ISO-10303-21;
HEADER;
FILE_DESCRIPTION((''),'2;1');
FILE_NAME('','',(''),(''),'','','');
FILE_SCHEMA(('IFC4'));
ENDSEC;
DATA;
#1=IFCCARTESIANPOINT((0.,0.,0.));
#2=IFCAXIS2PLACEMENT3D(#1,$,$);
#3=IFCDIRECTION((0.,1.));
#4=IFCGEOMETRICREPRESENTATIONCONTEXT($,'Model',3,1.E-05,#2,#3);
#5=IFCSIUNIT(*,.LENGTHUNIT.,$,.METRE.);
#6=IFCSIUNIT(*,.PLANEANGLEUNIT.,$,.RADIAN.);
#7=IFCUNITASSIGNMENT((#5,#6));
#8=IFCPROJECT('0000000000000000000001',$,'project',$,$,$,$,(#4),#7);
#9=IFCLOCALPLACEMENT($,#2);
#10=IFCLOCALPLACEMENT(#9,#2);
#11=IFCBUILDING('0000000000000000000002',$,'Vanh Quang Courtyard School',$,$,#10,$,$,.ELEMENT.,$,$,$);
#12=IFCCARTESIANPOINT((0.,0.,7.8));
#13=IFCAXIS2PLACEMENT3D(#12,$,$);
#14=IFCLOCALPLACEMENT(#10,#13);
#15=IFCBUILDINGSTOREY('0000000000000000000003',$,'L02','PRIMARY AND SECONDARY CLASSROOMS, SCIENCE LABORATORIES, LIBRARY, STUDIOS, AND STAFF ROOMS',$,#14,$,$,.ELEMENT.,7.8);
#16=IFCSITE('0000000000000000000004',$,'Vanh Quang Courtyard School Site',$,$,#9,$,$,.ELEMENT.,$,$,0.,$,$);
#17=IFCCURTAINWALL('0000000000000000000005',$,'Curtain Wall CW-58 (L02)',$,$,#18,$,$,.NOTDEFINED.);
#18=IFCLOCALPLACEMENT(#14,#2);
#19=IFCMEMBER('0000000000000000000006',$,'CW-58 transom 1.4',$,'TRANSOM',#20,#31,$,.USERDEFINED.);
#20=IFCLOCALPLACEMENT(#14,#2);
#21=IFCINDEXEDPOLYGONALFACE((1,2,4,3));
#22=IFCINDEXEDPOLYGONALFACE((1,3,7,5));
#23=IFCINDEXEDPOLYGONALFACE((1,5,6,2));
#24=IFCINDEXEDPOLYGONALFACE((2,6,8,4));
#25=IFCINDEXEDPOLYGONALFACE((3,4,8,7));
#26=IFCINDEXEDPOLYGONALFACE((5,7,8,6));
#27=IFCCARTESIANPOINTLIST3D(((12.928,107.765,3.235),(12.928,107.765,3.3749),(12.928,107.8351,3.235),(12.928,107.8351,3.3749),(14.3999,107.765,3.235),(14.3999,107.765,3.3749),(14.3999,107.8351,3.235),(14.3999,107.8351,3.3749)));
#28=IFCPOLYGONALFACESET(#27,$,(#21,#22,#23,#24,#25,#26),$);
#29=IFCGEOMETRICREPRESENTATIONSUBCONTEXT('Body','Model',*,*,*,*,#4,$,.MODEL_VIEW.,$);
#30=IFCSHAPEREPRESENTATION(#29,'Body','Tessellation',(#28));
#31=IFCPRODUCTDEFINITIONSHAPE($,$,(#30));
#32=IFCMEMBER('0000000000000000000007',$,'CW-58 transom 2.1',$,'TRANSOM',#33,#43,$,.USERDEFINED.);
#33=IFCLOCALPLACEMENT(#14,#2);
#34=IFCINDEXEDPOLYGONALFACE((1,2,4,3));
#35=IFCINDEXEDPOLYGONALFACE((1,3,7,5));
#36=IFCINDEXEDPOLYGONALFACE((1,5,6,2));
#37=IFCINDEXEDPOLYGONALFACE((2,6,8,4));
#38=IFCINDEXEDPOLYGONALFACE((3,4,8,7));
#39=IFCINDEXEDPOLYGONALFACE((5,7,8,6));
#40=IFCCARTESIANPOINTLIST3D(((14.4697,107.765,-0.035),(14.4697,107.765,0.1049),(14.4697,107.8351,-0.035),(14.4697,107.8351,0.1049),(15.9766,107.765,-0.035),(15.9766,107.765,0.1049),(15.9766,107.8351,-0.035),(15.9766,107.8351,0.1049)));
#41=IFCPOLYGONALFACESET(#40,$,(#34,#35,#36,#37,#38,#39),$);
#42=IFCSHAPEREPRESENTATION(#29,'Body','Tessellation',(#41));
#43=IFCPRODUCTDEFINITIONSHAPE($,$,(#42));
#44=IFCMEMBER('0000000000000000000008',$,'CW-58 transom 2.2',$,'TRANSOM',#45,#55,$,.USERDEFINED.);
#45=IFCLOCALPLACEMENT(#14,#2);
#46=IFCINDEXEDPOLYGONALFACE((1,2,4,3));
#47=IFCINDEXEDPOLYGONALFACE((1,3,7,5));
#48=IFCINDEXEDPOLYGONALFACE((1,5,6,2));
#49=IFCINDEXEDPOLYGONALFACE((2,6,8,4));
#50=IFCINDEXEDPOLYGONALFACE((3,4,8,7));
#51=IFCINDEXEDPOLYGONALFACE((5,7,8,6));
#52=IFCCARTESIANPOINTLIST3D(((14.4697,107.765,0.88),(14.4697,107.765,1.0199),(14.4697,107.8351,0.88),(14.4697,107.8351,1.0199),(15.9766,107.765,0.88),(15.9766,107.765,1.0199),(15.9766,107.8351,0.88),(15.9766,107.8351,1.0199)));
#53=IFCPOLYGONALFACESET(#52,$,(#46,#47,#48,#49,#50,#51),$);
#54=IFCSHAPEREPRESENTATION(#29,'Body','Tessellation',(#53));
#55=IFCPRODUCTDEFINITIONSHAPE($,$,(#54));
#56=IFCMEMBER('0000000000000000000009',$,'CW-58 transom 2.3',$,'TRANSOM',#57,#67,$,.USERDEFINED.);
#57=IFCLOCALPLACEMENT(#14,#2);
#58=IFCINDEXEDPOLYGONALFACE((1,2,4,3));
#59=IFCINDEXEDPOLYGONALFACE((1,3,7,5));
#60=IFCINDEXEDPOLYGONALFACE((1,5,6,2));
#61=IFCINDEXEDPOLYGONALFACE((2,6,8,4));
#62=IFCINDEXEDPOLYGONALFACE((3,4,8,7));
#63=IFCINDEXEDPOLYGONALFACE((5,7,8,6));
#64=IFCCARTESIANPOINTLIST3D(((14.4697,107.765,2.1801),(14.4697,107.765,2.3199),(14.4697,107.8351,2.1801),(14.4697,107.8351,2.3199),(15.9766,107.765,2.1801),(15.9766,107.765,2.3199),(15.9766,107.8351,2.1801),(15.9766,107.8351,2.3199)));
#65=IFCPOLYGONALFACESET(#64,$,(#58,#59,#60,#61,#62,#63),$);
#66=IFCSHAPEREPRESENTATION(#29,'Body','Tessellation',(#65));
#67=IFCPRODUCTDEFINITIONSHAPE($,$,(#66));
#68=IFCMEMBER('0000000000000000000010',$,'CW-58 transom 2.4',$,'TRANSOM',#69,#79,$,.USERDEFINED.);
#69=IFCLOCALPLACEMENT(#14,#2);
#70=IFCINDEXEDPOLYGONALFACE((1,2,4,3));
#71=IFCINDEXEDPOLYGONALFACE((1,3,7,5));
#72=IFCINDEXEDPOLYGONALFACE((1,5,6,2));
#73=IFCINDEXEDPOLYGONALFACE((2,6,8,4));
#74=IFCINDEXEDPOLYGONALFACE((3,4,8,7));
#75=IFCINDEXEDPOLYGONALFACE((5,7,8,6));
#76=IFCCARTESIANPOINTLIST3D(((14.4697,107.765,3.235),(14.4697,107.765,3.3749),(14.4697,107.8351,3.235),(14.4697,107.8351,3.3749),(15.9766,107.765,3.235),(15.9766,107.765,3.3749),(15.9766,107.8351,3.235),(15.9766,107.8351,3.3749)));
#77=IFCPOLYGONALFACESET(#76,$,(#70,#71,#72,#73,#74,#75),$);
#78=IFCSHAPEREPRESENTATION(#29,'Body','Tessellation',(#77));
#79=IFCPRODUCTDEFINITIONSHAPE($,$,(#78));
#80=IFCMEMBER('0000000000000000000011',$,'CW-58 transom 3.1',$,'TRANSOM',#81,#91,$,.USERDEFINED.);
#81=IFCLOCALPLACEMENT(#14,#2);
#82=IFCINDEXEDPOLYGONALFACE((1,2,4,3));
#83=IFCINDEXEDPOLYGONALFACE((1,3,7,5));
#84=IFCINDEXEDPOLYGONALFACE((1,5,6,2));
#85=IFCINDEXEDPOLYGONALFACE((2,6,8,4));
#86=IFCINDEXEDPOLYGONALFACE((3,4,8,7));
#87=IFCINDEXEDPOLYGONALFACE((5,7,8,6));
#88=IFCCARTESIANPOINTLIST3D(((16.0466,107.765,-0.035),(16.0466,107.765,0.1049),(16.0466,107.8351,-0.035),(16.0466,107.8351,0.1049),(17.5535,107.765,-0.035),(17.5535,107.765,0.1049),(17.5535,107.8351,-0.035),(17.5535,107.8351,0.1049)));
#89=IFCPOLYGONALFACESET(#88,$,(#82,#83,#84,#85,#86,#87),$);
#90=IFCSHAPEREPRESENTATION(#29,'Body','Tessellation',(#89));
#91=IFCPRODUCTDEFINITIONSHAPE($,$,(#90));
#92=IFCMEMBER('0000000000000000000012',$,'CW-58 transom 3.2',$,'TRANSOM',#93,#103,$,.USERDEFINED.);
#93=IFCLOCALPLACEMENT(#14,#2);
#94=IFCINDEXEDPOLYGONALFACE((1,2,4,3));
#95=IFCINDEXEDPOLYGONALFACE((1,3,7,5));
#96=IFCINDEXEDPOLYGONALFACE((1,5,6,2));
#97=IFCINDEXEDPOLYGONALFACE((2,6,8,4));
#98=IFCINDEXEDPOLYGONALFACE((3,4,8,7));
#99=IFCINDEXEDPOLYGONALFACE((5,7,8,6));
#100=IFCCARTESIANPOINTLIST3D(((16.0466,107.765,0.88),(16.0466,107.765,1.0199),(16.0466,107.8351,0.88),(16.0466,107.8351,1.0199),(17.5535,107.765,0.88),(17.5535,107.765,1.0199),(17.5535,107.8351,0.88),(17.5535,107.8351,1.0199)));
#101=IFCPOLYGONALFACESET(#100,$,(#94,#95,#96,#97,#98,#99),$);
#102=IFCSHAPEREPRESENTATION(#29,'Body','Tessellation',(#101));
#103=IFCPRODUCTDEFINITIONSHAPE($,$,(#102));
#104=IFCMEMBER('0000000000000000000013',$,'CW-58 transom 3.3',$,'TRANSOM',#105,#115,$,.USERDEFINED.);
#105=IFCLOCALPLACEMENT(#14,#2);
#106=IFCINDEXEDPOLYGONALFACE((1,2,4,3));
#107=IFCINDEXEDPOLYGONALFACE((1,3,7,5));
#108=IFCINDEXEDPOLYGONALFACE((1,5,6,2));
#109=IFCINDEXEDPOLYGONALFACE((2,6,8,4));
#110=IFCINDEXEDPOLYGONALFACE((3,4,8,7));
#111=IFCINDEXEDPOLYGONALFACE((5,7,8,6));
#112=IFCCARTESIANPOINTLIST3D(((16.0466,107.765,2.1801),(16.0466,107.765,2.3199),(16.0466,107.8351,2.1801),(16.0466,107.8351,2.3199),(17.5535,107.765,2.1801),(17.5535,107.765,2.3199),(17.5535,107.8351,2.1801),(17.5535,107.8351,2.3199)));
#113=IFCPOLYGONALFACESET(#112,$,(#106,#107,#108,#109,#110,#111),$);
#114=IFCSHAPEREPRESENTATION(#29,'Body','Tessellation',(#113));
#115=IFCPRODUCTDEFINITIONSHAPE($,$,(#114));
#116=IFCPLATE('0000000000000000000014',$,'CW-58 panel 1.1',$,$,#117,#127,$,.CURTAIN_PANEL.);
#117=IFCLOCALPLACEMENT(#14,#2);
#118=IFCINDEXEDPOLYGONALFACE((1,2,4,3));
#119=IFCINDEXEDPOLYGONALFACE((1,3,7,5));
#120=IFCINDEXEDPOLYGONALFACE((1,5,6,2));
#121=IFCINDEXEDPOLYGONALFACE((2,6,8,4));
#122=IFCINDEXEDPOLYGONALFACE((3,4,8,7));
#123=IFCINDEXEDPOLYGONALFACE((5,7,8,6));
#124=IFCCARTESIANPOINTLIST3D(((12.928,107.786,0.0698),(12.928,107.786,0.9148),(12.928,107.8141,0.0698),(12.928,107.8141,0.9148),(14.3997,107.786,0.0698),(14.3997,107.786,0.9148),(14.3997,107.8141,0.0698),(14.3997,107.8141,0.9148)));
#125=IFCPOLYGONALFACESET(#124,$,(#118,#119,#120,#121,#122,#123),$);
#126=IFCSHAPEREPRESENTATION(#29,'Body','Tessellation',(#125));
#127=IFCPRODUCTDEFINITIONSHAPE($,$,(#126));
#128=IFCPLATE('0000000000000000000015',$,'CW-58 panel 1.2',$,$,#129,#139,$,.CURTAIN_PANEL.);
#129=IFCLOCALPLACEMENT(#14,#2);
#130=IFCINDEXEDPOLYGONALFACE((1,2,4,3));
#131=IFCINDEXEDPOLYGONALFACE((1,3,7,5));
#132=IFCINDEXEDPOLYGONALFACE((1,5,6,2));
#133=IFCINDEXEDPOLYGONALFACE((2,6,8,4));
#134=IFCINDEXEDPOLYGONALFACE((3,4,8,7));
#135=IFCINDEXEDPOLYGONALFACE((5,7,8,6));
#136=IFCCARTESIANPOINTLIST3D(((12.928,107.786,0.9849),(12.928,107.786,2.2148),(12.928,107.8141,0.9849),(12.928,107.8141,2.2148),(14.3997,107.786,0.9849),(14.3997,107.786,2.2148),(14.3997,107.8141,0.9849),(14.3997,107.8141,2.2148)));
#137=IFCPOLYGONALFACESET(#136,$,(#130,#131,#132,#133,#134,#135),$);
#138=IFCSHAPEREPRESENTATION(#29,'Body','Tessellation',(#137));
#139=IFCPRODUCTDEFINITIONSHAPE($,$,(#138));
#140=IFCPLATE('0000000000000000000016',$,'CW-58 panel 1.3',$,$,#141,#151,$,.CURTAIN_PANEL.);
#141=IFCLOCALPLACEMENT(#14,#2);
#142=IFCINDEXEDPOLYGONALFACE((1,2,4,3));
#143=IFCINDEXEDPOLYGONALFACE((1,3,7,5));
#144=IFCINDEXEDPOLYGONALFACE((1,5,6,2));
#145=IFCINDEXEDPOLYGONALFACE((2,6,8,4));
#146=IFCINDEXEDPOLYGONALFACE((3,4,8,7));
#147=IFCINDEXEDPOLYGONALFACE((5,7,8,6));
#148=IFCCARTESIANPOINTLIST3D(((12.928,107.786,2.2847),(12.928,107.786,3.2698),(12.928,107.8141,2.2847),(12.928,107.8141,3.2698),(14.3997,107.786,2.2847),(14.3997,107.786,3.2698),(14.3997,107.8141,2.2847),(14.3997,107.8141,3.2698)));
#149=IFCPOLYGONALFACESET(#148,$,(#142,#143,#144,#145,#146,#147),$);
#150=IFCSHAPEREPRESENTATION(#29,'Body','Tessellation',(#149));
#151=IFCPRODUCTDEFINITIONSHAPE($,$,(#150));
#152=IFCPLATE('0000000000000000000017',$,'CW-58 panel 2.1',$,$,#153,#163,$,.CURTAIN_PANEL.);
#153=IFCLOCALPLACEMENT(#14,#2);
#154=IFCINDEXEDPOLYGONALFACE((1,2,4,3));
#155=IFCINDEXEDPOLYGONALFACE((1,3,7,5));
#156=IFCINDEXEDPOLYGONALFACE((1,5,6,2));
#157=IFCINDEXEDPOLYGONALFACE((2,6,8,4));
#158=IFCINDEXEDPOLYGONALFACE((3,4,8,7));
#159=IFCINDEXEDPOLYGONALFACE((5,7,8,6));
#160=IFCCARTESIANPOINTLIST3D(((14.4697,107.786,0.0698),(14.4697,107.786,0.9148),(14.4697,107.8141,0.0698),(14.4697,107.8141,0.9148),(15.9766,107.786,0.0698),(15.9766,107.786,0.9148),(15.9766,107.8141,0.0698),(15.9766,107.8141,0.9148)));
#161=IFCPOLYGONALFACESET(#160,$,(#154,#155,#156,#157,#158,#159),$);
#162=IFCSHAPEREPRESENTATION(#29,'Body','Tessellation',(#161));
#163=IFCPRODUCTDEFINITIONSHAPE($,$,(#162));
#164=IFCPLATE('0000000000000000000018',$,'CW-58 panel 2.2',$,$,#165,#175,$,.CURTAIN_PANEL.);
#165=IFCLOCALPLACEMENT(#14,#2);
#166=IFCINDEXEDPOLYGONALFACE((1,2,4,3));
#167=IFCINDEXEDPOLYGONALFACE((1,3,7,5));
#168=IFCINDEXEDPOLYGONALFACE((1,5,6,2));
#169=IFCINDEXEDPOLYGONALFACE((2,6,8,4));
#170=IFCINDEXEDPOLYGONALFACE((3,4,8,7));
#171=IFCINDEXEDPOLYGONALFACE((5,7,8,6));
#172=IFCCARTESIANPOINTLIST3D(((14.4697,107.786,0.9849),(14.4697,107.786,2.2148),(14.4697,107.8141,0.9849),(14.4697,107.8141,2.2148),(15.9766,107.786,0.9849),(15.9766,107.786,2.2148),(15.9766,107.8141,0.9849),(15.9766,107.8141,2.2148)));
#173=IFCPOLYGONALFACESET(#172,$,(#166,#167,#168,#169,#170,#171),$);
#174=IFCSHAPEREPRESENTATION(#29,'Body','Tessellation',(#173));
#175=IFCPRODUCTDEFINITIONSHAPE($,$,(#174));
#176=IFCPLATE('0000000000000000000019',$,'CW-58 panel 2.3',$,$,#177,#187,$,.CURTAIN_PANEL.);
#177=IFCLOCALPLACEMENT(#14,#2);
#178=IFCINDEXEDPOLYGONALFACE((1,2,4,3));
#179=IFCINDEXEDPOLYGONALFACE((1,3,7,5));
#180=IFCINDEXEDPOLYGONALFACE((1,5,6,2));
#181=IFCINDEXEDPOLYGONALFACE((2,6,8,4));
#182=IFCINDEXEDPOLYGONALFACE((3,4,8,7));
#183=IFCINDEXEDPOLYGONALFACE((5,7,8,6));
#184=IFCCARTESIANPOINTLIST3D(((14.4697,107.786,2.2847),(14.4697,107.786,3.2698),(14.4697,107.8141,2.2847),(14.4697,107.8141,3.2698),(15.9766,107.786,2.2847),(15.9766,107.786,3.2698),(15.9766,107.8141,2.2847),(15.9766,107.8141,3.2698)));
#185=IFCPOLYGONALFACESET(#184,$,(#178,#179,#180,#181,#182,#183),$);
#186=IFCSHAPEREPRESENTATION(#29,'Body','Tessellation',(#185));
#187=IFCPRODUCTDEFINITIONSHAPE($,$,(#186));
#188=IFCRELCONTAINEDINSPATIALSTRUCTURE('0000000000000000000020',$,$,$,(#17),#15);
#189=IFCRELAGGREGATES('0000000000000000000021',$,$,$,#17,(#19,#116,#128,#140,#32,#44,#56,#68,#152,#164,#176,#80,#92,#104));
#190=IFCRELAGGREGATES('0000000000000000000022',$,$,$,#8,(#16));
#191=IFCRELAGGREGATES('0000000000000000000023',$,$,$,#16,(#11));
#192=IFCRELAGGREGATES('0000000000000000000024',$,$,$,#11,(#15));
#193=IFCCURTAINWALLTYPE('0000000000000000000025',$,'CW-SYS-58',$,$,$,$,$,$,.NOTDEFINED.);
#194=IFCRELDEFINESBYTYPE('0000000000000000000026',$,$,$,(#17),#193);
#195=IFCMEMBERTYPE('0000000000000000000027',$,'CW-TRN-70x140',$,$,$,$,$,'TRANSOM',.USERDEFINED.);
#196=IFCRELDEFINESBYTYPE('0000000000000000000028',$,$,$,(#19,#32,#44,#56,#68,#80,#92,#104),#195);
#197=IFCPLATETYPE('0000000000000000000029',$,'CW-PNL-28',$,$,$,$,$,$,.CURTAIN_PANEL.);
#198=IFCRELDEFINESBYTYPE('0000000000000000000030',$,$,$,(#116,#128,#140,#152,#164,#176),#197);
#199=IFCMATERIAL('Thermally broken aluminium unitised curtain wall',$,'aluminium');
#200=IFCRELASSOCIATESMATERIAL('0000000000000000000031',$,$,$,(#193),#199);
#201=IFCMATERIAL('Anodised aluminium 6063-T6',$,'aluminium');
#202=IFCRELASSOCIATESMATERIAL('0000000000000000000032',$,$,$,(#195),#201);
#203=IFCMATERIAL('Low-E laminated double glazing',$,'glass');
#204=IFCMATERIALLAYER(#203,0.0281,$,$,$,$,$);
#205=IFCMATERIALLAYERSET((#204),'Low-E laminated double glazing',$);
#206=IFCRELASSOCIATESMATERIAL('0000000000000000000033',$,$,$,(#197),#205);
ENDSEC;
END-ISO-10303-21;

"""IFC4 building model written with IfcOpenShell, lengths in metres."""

from ifc_helpers import new_model, si_unit, direction, frame, origin, origin_2d, place, context, subcontext, project, spatial, rectangle, extrude, material, layer, layer_set, material_profile, profile_set, type_object, element, aggregate, save


model = new_model("IFC4")

# Units and contexts
model_context = context("Model", 3, precision=1e-05, world=origin(), true_north=direction((0.0, 1.0)))
body_context = subcontext(model_context, "Body", "Model", "MODEL_VIEW")
ifc_project = project(units=[si_unit("LENGTHUNIT", "METRE"), si_unit("PLANEANGLEUNIT", "RADIAN")], contexts=[model_context])

# Site, building, storey
site_placement = place(None, origin())
site = spatial("IfcSite", under=ifc_project, at=site_placement, Name="Vanh Quang Courtyard School Site", CompositionType="ELEMENT", RefElevation=0.0)
building_placement = place(site_placement, origin())
building = spatial("IfcBuilding", under=site, at=building_placement, Name="Vanh Quang Courtyard School", CompositionType="ELEMENT")
storey_placement = place(building_placement, frame((0.0, 0.0, 7.8)))
storey = spatial("IfcBuildingStorey", under=building, at=storey_placement, Name="L02", Description="PRIMARY AND SECONDARY CLASSROOMS, SCIENCE LABORATORIES, LIBRARY, STUDIOS, AND STAFF ROOMS", CompositionType="ELEMENT", Elevation=7.8)

# Curtain wall, members, plates
ifc_material_1 = material(Name="Thermally broken aluminium unitised curtain wall", Category="aluminium")
curtain_wall_type = type_object("IfcCurtainWallType", Name="CW-SYS-58", PredefinedType="NOTDEFINED", material=ifc_material_1)
curtain_wall_placement = place(storey_placement, origin())
curtain_wall = element("IfcCurtainWall", 1, at=curtain_wall_placement, inside=storey, type_object=curtain_wall_type, Name="Curtain Wall CW-58 (L02)", PredefinedType="NOTDEFINED")
ifc_material_2 = material(Name="Anodised aluminium 6063-T6", Category="aluminium")
ifc_material_profile_1 = material_profile(ifc_material_2, rectangle(XDim=0.0701, YDim=0.1399, at=origin_2d()), Name="ALU-TRN 70x140")
ifc_profile_set_1 = profile_set([ifc_material_profile_1], Name="Anodised aluminium 6063-T6")
member_type_1 = type_object("IfcMemberType", Name="CW-TRN-70x140", ElementType="TRANSOM", PredefinedType="USERDEFINED", material=ifc_profile_set_1)
member_1_placement = place(storey_placement, frame((12.928, 107.8, 3.3049), z_axis=(1.0, 0.0, 0.0), x_axis=(0.0, 1.0, 0.0)))
member_1 = element("IfcMember", 2, at=member_1_placement, type_object=member_type_1, Name="CW-58 transom 1.4", ObjectType="TRANSOM", PredefinedType="USERDEFINED", context=body_context, shape_type="SweptSolid", body=[
    extrude(rectangle(XDim=0.0701, YDim=0.1399, at=origin_2d()), origin(), (0.0, 0.0, 1.0), 1.4719),
])
member_2_placement = place(storey_placement, frame((14.4697, 107.8, 0.0349), z_axis=(1.0, 0.0, 0.0), x_axis=(0.0, 1.0, 0.0)))
member_2 = element("IfcMember", 3, at=member_2_placement, type_object=member_type_1, Name="CW-58 transom 2.1", ObjectType="TRANSOM", PredefinedType="USERDEFINED", context=body_context, shape_type="SweptSolid", body=[
    extrude(rectangle(XDim=0.0701, YDim=0.1399, at=origin_2d()), origin(), (0.0, 0.0, 1.0), 1.5068),
])
member_3_placement = place(storey_placement, frame((14.4697, 107.8, 0.95), z_axis=(1.0, 0.0, 0.0), x_axis=(0.0, 1.0, 0.0)))
member_3 = element("IfcMember", 4, at=member_3_placement, type_object=member_type_1, Name="CW-58 transom 2.2", ObjectType="TRANSOM", PredefinedType="USERDEFINED", context=body_context, shape_type="SweptSolid", body=[
    extrude(rectangle(XDim=0.0701, YDim=0.1399, at=origin_2d()), origin(), (0.0, 0.0, 1.0), 1.5068),
])
member_4_placement = place(storey_placement, frame((14.4697, 107.8, 2.25), z_axis=(1.0, 0.0, 0.0), x_axis=(0.0, 1.0, 0.0)))
member_4 = element("IfcMember", 5, at=member_4_placement, type_object=member_type_1, Name="CW-58 transom 2.3", ObjectType="TRANSOM", PredefinedType="USERDEFINED", context=body_context, shape_type="SweptSolid", body=[
    extrude(rectangle(XDim=0.0701, YDim=0.1399, at=origin_2d()), origin(), (0.0, 0.0, 1.0), 1.5068),
])
member_5_placement = place(storey_placement, frame((14.4697, 107.8, 3.3049), z_axis=(1.0, 0.0, 0.0), x_axis=(0.0, 1.0, 0.0)))
member_5 = element("IfcMember", 6, at=member_5_placement, type_object=member_type_1, Name="CW-58 transom 2.4", ObjectType="TRANSOM", PredefinedType="USERDEFINED", context=body_context, shape_type="SweptSolid", body=[
    extrude(rectangle(XDim=0.0701, YDim=0.1399, at=origin_2d()), origin(), (0.0, 0.0, 1.0), 1.5068),
])
member_6_placement = place(storey_placement, frame((16.0466, 107.8, 0.0349), z_axis=(1.0, 0.0, 0.0), x_axis=(0.0, 1.0, 0.0)))
member_6 = element("IfcMember", 7, at=member_6_placement, type_object=member_type_1, Name="CW-58 transom 3.1", ObjectType="TRANSOM", PredefinedType="USERDEFINED", context=body_context, shape_type="SweptSolid", body=[
    extrude(rectangle(XDim=0.0701, YDim=0.1399, at=origin_2d()), origin(), (0.0, 0.0, 1.0), 1.5068),
])
member_7_placement = place(storey_placement, frame((16.0466, 107.8, 0.95), z_axis=(1.0, 0.0, 0.0), x_axis=(0.0, 1.0, 0.0)))
member_7 = element("IfcMember", 8, at=member_7_placement, type_object=member_type_1, Name="CW-58 transom 3.2", ObjectType="TRANSOM", PredefinedType="USERDEFINED", context=body_context, shape_type="SweptSolid", body=[
    extrude(rectangle(XDim=0.0701, YDim=0.1399, at=origin_2d()), origin(), (0.0, 0.0, 1.0), 1.5068),
])
member_8_placement = place(storey_placement, frame((16.0466, 107.8, 2.25), z_axis=(1.0, 0.0, 0.0), x_axis=(0.0, 1.0, 0.0)))
member_8 = element("IfcMember", 9, at=member_8_placement, type_object=member_type_1, Name="CW-58 transom 3.3", ObjectType="TRANSOM", PredefinedType="USERDEFINED", context=body_context, shape_type="SweptSolid", body=[
    extrude(rectangle(XDim=0.0701, YDim=0.1399, at=origin_2d()), origin(), (0.0, 0.0, 1.0), 1.5068),
])
ifc_material_3 = material(Name="Low-E laminated double glazing", Category="glass")
ifc_layer_1 = layer(ifc_material_3, 0.0281)
ifc_layer_set_1 = layer_set([ifc_layer_1], Name="Low-E laminated double glazing")
plate_type = type_object("IfcPlateType", Name="CW-PNL-28", PredefinedType="CURTAIN_PANEL", material=ifc_layer_set_1)
plate_1_placement = place(storey_placement, frame((13.6638, 107.8, 0.0698), z_axis=(0.0, 0.0, 1.0), x_axis=(1.0, 0.0, 0.0)))
plate_1 = element("IfcPlate", 10, at=plate_1_placement, type_object=plate_type, Name="CW-58 panel 1.1", PredefinedType="CURTAIN_PANEL", context=body_context, shape_type="SweptSolid", body=[
    extrude(rectangle(XDim=1.4717, YDim=0.0281, at=origin_2d()), origin(), (0.0, 0.0, 1.0), 0.845),
])
plate_2_placement = place(storey_placement, frame((13.6638, 107.8, 0.9849), z_axis=(0.0, 0.0, 1.0), x_axis=(1.0, 0.0, 0.0)))
plate_2 = element("IfcPlate", 11, at=plate_2_placement, type_object=plate_type, Name="CW-58 panel 1.2", PredefinedType="CURTAIN_PANEL", context=body_context, shape_type="SweptSolid", body=[
    extrude(rectangle(XDim=1.4717, YDim=0.0281, at=origin_2d()), origin(), (0.0, 0.0, 1.0), 1.23),
])
plate_3_placement = place(storey_placement, frame((13.6638, 107.8, 2.2847), z_axis=(0.0, 0.0, 1.0), x_axis=(1.0, 0.0, 0.0)))
plate_3 = element("IfcPlate", 12, at=plate_3_placement, type_object=plate_type, Name="CW-58 panel 1.3", PredefinedType="CURTAIN_PANEL", context=body_context, shape_type="SweptSolid", body=[
    extrude(rectangle(XDim=1.4717, YDim=0.0281, at=origin_2d()), origin(), (0.0, 0.0, 1.0), 0.9851),
])
plate_4_placement = place(storey_placement, frame((15.2231, 107.8, 0.0698), z_axis=(0.0, 0.0, 1.0), x_axis=(1.0, 0.0, 0.0)))
plate_4 = element("IfcPlate", 13, at=plate_4_placement, type_object=plate_type, Name="CW-58 panel 2.1", PredefinedType="CURTAIN_PANEL", context=body_context, shape_type="SweptSolid", body=[
    extrude(rectangle(XDim=1.5068, YDim=0.0281, at=origin_2d()), origin(), (0.0, 0.0, 1.0), 0.845),
])
plate_5_placement = place(storey_placement, frame((15.2231, 107.8, 0.9849), z_axis=(0.0, 0.0, 1.0), x_axis=(1.0, 0.0, 0.0)))
plate_5 = element("IfcPlate", 14, at=plate_5_placement, type_object=plate_type, Name="CW-58 panel 2.2", PredefinedType="CURTAIN_PANEL", context=body_context, shape_type="SweptSolid", body=[
    extrude(rectangle(XDim=1.5068, YDim=0.0281, at=origin_2d()), origin(), (0.0, 0.0, 1.0), 1.23),
])
plate_6_placement = place(storey_placement, frame((15.2231, 107.8, 2.2847), z_axis=(0.0, 0.0, 1.0), x_axis=(1.0, 0.0, 0.0)))
plate_6 = element("IfcPlate", 15, at=plate_6_placement, type_object=plate_type, Name="CW-58 panel 2.3", PredefinedType="CURTAIN_PANEL", context=body_context, shape_type="SweptSolid", body=[
    extrude(rectangle(XDim=1.5068, YDim=0.0281, at=origin_2d()), origin(), (0.0, 0.0, 1.0), 0.9851),
])
aggregate(curtain_wall, [member_1, plate_1, plate_2, plate_3, member_2, member_3, member_4, member_5, plate_4, plate_5, plate_6, member_6, member_7, member_8])

save(model, "model.ifc")
